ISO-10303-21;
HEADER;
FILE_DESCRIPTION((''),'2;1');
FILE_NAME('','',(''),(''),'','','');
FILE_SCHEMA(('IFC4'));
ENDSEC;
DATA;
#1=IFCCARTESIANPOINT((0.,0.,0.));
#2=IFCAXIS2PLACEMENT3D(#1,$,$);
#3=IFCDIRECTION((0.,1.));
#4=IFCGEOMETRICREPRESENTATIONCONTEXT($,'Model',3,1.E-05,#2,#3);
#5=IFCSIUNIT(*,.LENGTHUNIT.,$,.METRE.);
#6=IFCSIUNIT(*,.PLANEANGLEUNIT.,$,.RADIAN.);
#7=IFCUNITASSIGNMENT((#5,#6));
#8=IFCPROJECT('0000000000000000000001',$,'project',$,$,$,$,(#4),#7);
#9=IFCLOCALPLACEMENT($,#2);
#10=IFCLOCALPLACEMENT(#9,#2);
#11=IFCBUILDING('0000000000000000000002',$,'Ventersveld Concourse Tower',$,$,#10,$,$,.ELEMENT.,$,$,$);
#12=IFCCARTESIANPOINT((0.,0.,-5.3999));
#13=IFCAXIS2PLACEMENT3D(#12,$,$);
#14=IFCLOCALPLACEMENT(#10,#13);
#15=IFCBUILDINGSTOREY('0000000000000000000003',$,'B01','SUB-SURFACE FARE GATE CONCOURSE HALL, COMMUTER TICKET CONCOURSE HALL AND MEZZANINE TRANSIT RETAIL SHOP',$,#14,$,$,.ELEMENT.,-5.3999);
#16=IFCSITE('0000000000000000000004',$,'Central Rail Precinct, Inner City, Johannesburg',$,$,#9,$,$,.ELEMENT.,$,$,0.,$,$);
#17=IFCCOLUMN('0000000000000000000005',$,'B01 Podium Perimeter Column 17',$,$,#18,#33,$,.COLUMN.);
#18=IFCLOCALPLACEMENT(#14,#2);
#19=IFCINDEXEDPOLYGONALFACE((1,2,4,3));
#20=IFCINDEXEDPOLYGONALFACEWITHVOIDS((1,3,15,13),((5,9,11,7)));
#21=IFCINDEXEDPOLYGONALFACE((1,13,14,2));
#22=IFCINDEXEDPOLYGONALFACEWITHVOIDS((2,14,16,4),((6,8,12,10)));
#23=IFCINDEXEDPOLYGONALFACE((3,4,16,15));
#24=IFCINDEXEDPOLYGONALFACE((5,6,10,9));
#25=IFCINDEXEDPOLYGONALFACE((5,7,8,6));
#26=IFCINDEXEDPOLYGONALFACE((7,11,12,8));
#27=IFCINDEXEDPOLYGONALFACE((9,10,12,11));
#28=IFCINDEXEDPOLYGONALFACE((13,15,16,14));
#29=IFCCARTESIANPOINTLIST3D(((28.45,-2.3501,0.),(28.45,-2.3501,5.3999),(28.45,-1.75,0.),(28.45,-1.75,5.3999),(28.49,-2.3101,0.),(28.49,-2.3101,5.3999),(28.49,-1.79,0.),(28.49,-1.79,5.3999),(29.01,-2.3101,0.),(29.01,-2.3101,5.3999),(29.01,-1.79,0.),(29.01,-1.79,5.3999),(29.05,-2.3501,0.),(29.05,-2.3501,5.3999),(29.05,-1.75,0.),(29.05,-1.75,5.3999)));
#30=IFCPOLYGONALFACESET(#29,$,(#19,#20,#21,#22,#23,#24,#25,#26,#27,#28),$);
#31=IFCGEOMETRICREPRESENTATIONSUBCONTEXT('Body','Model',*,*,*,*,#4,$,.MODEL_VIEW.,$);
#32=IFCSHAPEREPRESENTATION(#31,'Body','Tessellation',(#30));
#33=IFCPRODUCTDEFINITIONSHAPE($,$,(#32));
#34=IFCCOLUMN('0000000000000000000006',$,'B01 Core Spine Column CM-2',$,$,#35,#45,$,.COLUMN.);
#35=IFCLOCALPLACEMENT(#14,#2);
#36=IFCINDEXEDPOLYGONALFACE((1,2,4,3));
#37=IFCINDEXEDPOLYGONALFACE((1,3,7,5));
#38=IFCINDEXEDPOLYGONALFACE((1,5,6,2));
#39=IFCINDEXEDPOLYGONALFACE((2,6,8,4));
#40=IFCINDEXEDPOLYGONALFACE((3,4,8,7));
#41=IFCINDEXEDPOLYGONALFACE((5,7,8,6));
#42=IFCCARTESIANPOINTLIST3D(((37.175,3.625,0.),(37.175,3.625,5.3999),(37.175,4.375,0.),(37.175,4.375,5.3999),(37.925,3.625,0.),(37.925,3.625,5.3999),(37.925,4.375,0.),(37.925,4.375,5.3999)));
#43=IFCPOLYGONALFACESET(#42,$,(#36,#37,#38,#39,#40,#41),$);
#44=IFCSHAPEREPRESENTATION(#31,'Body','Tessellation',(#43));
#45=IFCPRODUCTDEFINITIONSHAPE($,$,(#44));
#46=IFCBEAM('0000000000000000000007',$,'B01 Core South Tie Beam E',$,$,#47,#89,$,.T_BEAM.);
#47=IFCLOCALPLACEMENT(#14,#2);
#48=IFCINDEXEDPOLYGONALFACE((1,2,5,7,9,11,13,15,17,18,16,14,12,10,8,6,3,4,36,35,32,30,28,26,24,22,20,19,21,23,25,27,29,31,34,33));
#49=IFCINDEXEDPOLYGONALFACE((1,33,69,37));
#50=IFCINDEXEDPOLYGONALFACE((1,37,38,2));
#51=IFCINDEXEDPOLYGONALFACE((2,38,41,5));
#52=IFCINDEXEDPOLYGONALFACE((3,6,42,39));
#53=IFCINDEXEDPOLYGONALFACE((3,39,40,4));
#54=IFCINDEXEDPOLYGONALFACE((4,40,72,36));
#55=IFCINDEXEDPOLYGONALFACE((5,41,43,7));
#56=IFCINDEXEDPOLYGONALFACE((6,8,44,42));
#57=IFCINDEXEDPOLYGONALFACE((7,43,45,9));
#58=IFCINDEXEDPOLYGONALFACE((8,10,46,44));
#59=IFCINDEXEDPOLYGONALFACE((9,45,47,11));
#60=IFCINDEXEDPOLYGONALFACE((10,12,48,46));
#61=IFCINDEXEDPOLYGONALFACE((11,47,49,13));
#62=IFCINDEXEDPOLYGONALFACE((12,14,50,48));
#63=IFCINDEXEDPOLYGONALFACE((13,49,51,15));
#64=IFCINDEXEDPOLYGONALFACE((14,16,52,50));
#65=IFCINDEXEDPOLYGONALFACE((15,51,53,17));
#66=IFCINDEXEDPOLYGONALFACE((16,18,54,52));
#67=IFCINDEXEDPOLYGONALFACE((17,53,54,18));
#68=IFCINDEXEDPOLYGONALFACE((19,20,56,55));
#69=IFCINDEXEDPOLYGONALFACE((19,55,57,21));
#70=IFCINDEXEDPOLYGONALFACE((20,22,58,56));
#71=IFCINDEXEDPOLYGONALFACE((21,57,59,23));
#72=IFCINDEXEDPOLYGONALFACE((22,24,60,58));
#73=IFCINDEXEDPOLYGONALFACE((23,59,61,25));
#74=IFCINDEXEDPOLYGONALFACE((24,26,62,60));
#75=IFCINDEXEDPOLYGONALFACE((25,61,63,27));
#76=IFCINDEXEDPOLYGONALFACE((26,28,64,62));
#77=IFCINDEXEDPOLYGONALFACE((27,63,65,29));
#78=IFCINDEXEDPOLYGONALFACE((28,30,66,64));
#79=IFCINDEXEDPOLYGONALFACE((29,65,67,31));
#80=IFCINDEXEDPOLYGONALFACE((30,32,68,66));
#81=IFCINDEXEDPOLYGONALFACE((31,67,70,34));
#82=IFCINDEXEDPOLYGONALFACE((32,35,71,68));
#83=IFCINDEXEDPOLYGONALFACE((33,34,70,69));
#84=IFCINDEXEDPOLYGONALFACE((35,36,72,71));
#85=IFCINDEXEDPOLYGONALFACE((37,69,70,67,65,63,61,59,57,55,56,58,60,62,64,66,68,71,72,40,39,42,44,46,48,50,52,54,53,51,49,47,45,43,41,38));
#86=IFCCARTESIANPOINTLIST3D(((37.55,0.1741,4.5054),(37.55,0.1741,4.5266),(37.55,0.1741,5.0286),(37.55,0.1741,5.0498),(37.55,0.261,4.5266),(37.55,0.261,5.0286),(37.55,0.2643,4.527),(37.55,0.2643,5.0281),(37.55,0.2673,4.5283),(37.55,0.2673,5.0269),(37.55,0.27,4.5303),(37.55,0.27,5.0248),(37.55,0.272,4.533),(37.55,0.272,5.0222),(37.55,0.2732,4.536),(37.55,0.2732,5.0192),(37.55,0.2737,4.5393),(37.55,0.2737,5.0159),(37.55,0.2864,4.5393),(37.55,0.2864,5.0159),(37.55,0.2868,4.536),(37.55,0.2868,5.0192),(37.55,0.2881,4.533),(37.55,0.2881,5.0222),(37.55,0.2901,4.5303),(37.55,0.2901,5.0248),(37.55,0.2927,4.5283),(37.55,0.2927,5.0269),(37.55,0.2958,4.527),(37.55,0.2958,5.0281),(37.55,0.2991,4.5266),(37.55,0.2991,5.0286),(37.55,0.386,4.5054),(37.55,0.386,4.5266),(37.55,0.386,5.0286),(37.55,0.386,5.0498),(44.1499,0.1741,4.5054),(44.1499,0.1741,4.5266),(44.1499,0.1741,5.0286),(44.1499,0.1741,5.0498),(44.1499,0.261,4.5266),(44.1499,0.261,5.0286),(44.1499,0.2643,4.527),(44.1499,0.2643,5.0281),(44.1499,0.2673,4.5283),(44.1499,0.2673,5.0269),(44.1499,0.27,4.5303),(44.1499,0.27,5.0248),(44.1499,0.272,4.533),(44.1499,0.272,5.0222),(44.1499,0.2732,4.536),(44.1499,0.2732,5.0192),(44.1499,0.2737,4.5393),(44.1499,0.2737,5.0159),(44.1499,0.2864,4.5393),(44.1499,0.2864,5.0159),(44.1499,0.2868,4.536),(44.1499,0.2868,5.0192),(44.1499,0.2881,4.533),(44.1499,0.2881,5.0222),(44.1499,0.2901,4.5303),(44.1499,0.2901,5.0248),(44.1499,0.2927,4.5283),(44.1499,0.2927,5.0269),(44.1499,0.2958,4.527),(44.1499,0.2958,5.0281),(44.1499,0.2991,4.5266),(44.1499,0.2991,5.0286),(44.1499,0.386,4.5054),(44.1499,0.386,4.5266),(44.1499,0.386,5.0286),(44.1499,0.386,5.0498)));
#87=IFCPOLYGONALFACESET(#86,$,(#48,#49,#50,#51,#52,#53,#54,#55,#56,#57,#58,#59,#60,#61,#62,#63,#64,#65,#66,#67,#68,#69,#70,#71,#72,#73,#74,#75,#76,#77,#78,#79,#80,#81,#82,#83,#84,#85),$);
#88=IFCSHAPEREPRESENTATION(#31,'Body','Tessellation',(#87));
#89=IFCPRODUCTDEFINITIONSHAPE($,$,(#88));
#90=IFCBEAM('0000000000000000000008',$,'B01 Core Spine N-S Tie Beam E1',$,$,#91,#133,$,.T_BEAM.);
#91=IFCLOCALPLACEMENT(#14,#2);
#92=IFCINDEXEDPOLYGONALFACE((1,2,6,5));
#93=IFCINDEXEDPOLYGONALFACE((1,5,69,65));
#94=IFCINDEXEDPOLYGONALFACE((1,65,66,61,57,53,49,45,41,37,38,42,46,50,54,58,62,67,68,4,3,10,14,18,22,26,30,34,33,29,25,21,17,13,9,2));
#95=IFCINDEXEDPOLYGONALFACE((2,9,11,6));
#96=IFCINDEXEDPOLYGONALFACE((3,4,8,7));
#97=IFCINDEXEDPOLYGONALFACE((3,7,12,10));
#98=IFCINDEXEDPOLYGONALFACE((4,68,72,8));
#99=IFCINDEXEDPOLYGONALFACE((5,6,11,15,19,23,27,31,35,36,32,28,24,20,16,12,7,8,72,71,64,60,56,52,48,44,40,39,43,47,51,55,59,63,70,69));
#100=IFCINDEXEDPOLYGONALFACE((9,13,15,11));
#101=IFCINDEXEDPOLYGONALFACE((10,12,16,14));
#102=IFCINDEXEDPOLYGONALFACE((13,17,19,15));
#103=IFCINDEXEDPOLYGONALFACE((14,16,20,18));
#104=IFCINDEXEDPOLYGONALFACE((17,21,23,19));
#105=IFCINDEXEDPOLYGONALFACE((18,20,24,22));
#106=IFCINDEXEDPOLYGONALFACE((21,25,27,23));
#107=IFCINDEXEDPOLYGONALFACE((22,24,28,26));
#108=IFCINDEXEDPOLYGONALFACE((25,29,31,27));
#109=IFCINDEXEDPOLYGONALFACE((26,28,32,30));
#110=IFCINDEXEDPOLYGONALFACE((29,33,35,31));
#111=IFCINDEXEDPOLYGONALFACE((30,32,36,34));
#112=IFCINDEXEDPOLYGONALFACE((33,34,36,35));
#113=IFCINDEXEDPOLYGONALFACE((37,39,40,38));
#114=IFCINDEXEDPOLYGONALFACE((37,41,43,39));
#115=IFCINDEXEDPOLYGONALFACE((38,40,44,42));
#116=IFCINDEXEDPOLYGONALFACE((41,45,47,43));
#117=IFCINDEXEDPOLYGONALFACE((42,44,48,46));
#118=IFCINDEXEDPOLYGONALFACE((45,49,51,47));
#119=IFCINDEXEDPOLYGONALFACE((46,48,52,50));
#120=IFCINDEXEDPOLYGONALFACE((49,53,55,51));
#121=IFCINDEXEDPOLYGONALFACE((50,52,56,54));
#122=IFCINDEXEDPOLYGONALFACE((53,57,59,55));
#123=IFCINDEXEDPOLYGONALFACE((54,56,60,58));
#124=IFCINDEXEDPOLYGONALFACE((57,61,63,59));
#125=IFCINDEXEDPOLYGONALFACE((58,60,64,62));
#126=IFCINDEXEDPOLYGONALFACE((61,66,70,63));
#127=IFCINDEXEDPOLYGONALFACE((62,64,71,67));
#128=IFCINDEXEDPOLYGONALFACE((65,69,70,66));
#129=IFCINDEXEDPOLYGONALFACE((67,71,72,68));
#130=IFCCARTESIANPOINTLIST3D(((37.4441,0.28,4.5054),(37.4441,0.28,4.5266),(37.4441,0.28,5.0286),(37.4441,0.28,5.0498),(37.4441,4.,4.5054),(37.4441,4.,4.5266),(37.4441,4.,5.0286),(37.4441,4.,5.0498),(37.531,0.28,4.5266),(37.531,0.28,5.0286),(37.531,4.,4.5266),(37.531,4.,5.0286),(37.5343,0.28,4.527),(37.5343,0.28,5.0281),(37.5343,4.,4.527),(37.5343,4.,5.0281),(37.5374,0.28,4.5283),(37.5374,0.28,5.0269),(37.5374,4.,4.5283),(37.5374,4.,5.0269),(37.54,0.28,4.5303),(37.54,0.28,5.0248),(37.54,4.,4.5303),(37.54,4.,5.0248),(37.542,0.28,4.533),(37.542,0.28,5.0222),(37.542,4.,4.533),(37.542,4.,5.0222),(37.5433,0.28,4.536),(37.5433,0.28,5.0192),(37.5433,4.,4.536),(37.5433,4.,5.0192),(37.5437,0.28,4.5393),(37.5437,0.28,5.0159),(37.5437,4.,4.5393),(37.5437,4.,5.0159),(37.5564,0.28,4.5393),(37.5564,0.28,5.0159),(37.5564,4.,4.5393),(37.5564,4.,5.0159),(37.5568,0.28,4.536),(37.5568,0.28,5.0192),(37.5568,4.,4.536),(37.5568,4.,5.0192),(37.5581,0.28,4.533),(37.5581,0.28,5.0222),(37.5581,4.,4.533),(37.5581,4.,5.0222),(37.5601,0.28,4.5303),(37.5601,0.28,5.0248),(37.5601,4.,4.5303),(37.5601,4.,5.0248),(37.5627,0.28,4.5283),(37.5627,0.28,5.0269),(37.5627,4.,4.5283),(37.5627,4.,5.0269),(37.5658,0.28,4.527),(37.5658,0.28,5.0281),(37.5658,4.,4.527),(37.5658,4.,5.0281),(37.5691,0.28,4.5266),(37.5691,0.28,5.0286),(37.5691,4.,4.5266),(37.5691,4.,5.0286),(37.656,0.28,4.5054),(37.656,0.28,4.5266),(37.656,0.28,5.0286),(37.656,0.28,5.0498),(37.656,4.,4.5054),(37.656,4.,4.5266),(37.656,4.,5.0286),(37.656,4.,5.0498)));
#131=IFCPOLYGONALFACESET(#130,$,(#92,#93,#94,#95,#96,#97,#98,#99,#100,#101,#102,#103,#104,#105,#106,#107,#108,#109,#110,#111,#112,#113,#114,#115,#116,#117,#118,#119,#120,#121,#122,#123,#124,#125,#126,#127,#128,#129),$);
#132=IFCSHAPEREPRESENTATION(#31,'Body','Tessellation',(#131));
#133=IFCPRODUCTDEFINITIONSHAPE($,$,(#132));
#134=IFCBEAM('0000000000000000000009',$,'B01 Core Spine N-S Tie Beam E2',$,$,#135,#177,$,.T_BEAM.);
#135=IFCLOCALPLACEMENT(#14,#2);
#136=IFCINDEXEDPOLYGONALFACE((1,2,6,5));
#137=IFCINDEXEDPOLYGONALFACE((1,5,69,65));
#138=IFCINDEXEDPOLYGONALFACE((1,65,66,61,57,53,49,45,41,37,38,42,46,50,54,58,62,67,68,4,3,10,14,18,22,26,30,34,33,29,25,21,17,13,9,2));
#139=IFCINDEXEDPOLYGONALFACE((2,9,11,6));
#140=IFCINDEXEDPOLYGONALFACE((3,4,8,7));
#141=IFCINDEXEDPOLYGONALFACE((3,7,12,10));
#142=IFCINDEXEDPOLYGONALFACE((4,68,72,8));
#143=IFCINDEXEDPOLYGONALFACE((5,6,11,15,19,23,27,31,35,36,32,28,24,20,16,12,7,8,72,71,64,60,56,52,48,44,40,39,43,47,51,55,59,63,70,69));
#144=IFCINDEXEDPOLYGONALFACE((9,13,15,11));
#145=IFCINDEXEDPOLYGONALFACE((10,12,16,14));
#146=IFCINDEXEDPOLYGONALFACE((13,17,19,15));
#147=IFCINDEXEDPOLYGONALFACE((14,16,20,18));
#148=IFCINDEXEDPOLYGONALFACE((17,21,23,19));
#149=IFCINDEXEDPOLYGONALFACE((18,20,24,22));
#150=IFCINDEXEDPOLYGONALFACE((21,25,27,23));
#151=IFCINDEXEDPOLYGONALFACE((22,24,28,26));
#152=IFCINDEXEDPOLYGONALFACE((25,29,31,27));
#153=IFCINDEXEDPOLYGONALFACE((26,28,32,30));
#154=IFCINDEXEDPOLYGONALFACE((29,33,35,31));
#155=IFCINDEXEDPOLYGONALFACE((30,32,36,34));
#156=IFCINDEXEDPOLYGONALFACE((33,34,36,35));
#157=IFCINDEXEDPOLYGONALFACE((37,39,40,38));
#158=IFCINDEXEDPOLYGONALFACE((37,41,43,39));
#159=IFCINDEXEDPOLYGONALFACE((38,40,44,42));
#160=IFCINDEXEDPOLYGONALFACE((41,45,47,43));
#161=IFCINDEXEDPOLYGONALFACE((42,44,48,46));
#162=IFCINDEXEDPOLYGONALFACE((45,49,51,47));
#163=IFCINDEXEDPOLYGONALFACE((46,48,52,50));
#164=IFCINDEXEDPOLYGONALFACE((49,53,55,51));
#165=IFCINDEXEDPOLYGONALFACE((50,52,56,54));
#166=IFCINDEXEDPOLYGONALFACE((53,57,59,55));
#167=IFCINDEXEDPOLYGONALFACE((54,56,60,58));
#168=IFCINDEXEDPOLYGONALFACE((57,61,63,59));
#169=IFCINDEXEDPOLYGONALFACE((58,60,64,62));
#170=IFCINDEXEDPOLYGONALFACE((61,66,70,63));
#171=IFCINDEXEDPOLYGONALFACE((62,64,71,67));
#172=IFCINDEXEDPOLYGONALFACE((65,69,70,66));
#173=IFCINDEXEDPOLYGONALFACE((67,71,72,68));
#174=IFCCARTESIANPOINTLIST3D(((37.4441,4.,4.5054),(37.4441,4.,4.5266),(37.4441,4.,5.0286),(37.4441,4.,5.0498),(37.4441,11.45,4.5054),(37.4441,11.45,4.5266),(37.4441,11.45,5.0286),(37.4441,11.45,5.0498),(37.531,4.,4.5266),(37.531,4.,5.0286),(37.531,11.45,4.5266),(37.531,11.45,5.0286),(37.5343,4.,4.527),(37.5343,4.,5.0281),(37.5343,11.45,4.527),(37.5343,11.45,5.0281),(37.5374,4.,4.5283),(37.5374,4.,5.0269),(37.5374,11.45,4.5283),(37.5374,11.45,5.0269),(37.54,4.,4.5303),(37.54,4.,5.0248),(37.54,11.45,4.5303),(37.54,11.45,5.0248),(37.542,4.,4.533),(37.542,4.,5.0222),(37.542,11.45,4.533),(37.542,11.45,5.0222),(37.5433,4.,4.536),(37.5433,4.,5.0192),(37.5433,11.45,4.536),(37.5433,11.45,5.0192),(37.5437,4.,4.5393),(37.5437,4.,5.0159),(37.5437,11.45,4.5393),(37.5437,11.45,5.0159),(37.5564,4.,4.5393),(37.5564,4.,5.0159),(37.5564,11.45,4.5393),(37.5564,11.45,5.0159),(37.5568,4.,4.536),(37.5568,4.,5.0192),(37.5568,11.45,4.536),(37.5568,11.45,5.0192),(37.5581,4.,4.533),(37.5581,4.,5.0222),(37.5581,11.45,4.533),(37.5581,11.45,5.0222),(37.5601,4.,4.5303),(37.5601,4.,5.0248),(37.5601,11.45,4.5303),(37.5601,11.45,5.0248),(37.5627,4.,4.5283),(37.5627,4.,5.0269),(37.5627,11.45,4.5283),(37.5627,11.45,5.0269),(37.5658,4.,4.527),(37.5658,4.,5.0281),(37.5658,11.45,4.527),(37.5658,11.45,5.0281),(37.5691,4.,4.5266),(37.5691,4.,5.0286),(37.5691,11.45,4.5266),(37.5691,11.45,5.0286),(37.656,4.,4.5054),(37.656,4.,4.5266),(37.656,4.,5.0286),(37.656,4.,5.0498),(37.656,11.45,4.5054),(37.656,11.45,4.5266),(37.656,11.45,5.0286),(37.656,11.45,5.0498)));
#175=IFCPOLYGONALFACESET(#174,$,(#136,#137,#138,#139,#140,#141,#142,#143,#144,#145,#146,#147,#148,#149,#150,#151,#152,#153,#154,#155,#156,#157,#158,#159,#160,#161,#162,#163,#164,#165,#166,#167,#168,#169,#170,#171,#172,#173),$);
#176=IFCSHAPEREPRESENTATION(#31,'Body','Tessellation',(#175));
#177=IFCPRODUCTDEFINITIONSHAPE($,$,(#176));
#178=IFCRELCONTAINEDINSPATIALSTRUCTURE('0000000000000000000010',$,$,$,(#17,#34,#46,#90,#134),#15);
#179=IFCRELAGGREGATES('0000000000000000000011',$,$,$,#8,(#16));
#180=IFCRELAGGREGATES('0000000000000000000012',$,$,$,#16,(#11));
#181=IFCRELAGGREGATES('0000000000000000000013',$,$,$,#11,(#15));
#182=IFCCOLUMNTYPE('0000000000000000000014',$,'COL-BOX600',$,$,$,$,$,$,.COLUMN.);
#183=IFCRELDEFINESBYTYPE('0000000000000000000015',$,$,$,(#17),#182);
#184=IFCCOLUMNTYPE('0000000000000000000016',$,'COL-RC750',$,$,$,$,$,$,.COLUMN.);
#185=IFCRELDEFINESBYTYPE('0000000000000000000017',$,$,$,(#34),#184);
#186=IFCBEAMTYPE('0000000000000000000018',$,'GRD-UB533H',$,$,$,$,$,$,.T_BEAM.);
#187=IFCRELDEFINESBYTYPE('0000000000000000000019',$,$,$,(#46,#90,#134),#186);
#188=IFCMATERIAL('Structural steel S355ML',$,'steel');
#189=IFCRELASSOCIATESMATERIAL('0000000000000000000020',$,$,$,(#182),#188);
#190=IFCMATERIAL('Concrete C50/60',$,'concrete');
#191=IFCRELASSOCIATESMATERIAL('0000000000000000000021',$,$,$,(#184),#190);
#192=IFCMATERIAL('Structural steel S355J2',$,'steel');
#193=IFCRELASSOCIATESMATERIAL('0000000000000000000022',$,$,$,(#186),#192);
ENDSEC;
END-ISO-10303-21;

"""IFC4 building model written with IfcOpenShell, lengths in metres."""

from ifc_helpers import new_model, si_unit, direction, frame, origin, origin_2d, place, context, subcontext, project, spatial, rectangle, hollow_rectangle, i_section, extrude, material, material_profile, profile_set, type_object, element, save


model = new_model("IFC4")

# Units and contexts
model_context = context("Model", 3, precision=1e-05, world=origin(), true_north=direction((0.0, 1.0)))
body_context = subcontext(model_context, "Body", "Model", "MODEL_VIEW")
ifc_project = project(units=[si_unit("LENGTHUNIT", "METRE"), si_unit("PLANEANGLEUNIT", "RADIAN")], contexts=[model_context])

# Site, building, storey
site_placement = place(None, origin())
site = spatial("IfcSite", under=ifc_project, at=site_placement, Name="Central Rail Precinct, Inner City, Johannesburg", CompositionType="ELEMENT", RefElevation=0.0)
building_placement = place(site_placement, origin())
building = spatial("IfcBuilding", under=site, at=building_placement, Name="Ventersveld Concourse Tower", CompositionType="ELEMENT")
storey_placement = place(building_placement, frame((0.0, 0.0, -5.3999)))
storey = spatial("IfcBuildingStorey", under=building, at=storey_placement, Name="B01", Description="SUB-SURFACE FARE GATE CONCOURSE HALL, COMMUTER TICKET CONCOURSE HALL AND MEZZANINE TRANSIT RETAIL SHOP", CompositionType="ELEMENT", Elevation=-5.3999)

# Columns
ifc_material_1 = material(Name="Structural steel S355ML", Category="steel")
ifc_material_profile_1 = material_profile(ifc_material_1, hollow_rectangle(XDim=0.6001, YDim=0.6001, WallThickness=0.04, at=origin_2d()), Name="BOX 600x600x40")
ifc_profile_set_1 = profile_set([ifc_material_profile_1], Name="Structural steel S355ML")
column_type_1 = type_object("IfcColumnType", Name="COL-BOX600", PredefinedType="COLUMN", material=ifc_profile_set_1)
column_1_placement = place(storey_placement, frame((28.75, -2.05, 0.0), z_axis=(0.0, 0.0, 1.0), x_axis=(1.0, 0.0, 0.0)))
element("IfcColumn", 1, at=column_1_placement, inside=storey, type_object=column_type_1, Name="B01 Podium Perimeter Column 17", PredefinedType="COLUMN", context=body_context, shape_type="SweptSolid", body=[
    extrude(hollow_rectangle(XDim=0.6001, YDim=0.6001, WallThickness=0.04, at=origin_2d()), origin(), (0.0, 0.0, 1.0), 5.3999),
])
ifc_material_2 = material(Name="Concrete C50/60", Category="concrete")
ifc_material_profile_2 = material_profile(ifc_material_2, rectangle(XDim=0.75, YDim=0.75, at=origin_2d()), Name="RC 750x750")
ifc_profile_set_2 = profile_set([ifc_material_profile_2], Name="Concrete C50/60")
column_type_2 = type_object("IfcColumnType", Name="COL-RC750", PredefinedType="COLUMN", material=ifc_profile_set_2)
column_2_placement = place(storey_placement, frame((37.55, 4.0, 0.0), z_axis=(0.0, 0.0, 1.0), x_axis=(1.0, 0.0, 0.0)))
element("IfcColumn", 2, at=column_2_placement, inside=storey, type_object=column_type_2, Name="B01 Core Spine Column CM-2", PredefinedType="COLUMN", context=body_context, shape_type="SweptSolid", body=[
    extrude(rectangle(XDim=0.75, YDim=0.75, at=origin_2d()), origin(), (0.0, 0.0, 1.0), 5.3999),
])

# Beams
ifc_material_3 = material(Name="Structural steel S355J2", Category="steel")
ifc_material_profile_3 = material_profile(ifc_material_3, i_section(OverallWidth=0.2119, OverallDepth=0.5444, WebThickness=0.0127, FlangeThickness=0.0212, FilletRadius=0.0127, at=origin_2d()), Name="UB 533x210x122")
ifc_profile_set_3 = profile_set([ifc_material_profile_3], Name="Structural steel S355J2")
beam_type_1 = type_object("IfcBeamType", Name="GRD-UB533H", PredefinedType="T_BEAM", material=ifc_profile_set_3)
beam_1_placement = place(storey_placement, frame((37.55, 0.28, 4.7776), z_axis=(1.0, 0.0, 0.0), x_axis=(0.0, 1.0, 0.0)))
element("IfcBeam", 3, at=beam_1_placement, inside=storey, type_object=beam_type_1, Name="B01 Core South Tie Beam E", PredefinedType="T_BEAM", context=body_context, shape_type="SweptSolid", body=[
    extrude(i_section(OverallWidth=0.2119, OverallDepth=0.5444, WebThickness=0.0127, FlangeThickness=0.0212, FilletRadius=0.0127, at=origin_2d()), origin(), (0.0, 0.0, 1.0), 6.5999),
])
beam_2_placement = place(storey_placement, frame((37.55, 0.28, 4.7776), z_axis=(0.0, 1.0, 0.0), x_axis=(-1.0, 0.0, 0.0)))
element("IfcBeam", 4, at=beam_2_placement, inside=storey, type_object=beam_type_1, Name="B01 Core Spine N-S Tie Beam E1", PredefinedType="T_BEAM", context=body_context, shape_type="SweptSolid", body=[
    extrude(i_section(OverallWidth=0.2119, OverallDepth=0.5444, WebThickness=0.0127, FlangeThickness=0.0212, FilletRadius=0.0127, at=origin_2d()), origin(), (0.0, 0.0, 1.0), 3.72),
])
beam_3_placement = place(storey_placement, frame((37.55, 4.0, 4.7776), z_axis=(0.0, 1.0, 0.0), x_axis=(-1.0, 0.0, 0.0)))
element("IfcBeam", 5, at=beam_3_placement, inside=storey, type_object=beam_type_1, Name="B01 Core Spine N-S Tie Beam E2", PredefinedType="T_BEAM", context=body_context, shape_type="SweptSolid", body=[
    extrude(i_section(OverallWidth=0.2119, OverallDepth=0.5444, WebThickness=0.0127, FlangeThickness=0.0212, FilletRadius=0.0127, at=origin_2d()), origin(), (0.0, 0.0, 1.0), 7.45),
])

save(model, "model.ifc")
